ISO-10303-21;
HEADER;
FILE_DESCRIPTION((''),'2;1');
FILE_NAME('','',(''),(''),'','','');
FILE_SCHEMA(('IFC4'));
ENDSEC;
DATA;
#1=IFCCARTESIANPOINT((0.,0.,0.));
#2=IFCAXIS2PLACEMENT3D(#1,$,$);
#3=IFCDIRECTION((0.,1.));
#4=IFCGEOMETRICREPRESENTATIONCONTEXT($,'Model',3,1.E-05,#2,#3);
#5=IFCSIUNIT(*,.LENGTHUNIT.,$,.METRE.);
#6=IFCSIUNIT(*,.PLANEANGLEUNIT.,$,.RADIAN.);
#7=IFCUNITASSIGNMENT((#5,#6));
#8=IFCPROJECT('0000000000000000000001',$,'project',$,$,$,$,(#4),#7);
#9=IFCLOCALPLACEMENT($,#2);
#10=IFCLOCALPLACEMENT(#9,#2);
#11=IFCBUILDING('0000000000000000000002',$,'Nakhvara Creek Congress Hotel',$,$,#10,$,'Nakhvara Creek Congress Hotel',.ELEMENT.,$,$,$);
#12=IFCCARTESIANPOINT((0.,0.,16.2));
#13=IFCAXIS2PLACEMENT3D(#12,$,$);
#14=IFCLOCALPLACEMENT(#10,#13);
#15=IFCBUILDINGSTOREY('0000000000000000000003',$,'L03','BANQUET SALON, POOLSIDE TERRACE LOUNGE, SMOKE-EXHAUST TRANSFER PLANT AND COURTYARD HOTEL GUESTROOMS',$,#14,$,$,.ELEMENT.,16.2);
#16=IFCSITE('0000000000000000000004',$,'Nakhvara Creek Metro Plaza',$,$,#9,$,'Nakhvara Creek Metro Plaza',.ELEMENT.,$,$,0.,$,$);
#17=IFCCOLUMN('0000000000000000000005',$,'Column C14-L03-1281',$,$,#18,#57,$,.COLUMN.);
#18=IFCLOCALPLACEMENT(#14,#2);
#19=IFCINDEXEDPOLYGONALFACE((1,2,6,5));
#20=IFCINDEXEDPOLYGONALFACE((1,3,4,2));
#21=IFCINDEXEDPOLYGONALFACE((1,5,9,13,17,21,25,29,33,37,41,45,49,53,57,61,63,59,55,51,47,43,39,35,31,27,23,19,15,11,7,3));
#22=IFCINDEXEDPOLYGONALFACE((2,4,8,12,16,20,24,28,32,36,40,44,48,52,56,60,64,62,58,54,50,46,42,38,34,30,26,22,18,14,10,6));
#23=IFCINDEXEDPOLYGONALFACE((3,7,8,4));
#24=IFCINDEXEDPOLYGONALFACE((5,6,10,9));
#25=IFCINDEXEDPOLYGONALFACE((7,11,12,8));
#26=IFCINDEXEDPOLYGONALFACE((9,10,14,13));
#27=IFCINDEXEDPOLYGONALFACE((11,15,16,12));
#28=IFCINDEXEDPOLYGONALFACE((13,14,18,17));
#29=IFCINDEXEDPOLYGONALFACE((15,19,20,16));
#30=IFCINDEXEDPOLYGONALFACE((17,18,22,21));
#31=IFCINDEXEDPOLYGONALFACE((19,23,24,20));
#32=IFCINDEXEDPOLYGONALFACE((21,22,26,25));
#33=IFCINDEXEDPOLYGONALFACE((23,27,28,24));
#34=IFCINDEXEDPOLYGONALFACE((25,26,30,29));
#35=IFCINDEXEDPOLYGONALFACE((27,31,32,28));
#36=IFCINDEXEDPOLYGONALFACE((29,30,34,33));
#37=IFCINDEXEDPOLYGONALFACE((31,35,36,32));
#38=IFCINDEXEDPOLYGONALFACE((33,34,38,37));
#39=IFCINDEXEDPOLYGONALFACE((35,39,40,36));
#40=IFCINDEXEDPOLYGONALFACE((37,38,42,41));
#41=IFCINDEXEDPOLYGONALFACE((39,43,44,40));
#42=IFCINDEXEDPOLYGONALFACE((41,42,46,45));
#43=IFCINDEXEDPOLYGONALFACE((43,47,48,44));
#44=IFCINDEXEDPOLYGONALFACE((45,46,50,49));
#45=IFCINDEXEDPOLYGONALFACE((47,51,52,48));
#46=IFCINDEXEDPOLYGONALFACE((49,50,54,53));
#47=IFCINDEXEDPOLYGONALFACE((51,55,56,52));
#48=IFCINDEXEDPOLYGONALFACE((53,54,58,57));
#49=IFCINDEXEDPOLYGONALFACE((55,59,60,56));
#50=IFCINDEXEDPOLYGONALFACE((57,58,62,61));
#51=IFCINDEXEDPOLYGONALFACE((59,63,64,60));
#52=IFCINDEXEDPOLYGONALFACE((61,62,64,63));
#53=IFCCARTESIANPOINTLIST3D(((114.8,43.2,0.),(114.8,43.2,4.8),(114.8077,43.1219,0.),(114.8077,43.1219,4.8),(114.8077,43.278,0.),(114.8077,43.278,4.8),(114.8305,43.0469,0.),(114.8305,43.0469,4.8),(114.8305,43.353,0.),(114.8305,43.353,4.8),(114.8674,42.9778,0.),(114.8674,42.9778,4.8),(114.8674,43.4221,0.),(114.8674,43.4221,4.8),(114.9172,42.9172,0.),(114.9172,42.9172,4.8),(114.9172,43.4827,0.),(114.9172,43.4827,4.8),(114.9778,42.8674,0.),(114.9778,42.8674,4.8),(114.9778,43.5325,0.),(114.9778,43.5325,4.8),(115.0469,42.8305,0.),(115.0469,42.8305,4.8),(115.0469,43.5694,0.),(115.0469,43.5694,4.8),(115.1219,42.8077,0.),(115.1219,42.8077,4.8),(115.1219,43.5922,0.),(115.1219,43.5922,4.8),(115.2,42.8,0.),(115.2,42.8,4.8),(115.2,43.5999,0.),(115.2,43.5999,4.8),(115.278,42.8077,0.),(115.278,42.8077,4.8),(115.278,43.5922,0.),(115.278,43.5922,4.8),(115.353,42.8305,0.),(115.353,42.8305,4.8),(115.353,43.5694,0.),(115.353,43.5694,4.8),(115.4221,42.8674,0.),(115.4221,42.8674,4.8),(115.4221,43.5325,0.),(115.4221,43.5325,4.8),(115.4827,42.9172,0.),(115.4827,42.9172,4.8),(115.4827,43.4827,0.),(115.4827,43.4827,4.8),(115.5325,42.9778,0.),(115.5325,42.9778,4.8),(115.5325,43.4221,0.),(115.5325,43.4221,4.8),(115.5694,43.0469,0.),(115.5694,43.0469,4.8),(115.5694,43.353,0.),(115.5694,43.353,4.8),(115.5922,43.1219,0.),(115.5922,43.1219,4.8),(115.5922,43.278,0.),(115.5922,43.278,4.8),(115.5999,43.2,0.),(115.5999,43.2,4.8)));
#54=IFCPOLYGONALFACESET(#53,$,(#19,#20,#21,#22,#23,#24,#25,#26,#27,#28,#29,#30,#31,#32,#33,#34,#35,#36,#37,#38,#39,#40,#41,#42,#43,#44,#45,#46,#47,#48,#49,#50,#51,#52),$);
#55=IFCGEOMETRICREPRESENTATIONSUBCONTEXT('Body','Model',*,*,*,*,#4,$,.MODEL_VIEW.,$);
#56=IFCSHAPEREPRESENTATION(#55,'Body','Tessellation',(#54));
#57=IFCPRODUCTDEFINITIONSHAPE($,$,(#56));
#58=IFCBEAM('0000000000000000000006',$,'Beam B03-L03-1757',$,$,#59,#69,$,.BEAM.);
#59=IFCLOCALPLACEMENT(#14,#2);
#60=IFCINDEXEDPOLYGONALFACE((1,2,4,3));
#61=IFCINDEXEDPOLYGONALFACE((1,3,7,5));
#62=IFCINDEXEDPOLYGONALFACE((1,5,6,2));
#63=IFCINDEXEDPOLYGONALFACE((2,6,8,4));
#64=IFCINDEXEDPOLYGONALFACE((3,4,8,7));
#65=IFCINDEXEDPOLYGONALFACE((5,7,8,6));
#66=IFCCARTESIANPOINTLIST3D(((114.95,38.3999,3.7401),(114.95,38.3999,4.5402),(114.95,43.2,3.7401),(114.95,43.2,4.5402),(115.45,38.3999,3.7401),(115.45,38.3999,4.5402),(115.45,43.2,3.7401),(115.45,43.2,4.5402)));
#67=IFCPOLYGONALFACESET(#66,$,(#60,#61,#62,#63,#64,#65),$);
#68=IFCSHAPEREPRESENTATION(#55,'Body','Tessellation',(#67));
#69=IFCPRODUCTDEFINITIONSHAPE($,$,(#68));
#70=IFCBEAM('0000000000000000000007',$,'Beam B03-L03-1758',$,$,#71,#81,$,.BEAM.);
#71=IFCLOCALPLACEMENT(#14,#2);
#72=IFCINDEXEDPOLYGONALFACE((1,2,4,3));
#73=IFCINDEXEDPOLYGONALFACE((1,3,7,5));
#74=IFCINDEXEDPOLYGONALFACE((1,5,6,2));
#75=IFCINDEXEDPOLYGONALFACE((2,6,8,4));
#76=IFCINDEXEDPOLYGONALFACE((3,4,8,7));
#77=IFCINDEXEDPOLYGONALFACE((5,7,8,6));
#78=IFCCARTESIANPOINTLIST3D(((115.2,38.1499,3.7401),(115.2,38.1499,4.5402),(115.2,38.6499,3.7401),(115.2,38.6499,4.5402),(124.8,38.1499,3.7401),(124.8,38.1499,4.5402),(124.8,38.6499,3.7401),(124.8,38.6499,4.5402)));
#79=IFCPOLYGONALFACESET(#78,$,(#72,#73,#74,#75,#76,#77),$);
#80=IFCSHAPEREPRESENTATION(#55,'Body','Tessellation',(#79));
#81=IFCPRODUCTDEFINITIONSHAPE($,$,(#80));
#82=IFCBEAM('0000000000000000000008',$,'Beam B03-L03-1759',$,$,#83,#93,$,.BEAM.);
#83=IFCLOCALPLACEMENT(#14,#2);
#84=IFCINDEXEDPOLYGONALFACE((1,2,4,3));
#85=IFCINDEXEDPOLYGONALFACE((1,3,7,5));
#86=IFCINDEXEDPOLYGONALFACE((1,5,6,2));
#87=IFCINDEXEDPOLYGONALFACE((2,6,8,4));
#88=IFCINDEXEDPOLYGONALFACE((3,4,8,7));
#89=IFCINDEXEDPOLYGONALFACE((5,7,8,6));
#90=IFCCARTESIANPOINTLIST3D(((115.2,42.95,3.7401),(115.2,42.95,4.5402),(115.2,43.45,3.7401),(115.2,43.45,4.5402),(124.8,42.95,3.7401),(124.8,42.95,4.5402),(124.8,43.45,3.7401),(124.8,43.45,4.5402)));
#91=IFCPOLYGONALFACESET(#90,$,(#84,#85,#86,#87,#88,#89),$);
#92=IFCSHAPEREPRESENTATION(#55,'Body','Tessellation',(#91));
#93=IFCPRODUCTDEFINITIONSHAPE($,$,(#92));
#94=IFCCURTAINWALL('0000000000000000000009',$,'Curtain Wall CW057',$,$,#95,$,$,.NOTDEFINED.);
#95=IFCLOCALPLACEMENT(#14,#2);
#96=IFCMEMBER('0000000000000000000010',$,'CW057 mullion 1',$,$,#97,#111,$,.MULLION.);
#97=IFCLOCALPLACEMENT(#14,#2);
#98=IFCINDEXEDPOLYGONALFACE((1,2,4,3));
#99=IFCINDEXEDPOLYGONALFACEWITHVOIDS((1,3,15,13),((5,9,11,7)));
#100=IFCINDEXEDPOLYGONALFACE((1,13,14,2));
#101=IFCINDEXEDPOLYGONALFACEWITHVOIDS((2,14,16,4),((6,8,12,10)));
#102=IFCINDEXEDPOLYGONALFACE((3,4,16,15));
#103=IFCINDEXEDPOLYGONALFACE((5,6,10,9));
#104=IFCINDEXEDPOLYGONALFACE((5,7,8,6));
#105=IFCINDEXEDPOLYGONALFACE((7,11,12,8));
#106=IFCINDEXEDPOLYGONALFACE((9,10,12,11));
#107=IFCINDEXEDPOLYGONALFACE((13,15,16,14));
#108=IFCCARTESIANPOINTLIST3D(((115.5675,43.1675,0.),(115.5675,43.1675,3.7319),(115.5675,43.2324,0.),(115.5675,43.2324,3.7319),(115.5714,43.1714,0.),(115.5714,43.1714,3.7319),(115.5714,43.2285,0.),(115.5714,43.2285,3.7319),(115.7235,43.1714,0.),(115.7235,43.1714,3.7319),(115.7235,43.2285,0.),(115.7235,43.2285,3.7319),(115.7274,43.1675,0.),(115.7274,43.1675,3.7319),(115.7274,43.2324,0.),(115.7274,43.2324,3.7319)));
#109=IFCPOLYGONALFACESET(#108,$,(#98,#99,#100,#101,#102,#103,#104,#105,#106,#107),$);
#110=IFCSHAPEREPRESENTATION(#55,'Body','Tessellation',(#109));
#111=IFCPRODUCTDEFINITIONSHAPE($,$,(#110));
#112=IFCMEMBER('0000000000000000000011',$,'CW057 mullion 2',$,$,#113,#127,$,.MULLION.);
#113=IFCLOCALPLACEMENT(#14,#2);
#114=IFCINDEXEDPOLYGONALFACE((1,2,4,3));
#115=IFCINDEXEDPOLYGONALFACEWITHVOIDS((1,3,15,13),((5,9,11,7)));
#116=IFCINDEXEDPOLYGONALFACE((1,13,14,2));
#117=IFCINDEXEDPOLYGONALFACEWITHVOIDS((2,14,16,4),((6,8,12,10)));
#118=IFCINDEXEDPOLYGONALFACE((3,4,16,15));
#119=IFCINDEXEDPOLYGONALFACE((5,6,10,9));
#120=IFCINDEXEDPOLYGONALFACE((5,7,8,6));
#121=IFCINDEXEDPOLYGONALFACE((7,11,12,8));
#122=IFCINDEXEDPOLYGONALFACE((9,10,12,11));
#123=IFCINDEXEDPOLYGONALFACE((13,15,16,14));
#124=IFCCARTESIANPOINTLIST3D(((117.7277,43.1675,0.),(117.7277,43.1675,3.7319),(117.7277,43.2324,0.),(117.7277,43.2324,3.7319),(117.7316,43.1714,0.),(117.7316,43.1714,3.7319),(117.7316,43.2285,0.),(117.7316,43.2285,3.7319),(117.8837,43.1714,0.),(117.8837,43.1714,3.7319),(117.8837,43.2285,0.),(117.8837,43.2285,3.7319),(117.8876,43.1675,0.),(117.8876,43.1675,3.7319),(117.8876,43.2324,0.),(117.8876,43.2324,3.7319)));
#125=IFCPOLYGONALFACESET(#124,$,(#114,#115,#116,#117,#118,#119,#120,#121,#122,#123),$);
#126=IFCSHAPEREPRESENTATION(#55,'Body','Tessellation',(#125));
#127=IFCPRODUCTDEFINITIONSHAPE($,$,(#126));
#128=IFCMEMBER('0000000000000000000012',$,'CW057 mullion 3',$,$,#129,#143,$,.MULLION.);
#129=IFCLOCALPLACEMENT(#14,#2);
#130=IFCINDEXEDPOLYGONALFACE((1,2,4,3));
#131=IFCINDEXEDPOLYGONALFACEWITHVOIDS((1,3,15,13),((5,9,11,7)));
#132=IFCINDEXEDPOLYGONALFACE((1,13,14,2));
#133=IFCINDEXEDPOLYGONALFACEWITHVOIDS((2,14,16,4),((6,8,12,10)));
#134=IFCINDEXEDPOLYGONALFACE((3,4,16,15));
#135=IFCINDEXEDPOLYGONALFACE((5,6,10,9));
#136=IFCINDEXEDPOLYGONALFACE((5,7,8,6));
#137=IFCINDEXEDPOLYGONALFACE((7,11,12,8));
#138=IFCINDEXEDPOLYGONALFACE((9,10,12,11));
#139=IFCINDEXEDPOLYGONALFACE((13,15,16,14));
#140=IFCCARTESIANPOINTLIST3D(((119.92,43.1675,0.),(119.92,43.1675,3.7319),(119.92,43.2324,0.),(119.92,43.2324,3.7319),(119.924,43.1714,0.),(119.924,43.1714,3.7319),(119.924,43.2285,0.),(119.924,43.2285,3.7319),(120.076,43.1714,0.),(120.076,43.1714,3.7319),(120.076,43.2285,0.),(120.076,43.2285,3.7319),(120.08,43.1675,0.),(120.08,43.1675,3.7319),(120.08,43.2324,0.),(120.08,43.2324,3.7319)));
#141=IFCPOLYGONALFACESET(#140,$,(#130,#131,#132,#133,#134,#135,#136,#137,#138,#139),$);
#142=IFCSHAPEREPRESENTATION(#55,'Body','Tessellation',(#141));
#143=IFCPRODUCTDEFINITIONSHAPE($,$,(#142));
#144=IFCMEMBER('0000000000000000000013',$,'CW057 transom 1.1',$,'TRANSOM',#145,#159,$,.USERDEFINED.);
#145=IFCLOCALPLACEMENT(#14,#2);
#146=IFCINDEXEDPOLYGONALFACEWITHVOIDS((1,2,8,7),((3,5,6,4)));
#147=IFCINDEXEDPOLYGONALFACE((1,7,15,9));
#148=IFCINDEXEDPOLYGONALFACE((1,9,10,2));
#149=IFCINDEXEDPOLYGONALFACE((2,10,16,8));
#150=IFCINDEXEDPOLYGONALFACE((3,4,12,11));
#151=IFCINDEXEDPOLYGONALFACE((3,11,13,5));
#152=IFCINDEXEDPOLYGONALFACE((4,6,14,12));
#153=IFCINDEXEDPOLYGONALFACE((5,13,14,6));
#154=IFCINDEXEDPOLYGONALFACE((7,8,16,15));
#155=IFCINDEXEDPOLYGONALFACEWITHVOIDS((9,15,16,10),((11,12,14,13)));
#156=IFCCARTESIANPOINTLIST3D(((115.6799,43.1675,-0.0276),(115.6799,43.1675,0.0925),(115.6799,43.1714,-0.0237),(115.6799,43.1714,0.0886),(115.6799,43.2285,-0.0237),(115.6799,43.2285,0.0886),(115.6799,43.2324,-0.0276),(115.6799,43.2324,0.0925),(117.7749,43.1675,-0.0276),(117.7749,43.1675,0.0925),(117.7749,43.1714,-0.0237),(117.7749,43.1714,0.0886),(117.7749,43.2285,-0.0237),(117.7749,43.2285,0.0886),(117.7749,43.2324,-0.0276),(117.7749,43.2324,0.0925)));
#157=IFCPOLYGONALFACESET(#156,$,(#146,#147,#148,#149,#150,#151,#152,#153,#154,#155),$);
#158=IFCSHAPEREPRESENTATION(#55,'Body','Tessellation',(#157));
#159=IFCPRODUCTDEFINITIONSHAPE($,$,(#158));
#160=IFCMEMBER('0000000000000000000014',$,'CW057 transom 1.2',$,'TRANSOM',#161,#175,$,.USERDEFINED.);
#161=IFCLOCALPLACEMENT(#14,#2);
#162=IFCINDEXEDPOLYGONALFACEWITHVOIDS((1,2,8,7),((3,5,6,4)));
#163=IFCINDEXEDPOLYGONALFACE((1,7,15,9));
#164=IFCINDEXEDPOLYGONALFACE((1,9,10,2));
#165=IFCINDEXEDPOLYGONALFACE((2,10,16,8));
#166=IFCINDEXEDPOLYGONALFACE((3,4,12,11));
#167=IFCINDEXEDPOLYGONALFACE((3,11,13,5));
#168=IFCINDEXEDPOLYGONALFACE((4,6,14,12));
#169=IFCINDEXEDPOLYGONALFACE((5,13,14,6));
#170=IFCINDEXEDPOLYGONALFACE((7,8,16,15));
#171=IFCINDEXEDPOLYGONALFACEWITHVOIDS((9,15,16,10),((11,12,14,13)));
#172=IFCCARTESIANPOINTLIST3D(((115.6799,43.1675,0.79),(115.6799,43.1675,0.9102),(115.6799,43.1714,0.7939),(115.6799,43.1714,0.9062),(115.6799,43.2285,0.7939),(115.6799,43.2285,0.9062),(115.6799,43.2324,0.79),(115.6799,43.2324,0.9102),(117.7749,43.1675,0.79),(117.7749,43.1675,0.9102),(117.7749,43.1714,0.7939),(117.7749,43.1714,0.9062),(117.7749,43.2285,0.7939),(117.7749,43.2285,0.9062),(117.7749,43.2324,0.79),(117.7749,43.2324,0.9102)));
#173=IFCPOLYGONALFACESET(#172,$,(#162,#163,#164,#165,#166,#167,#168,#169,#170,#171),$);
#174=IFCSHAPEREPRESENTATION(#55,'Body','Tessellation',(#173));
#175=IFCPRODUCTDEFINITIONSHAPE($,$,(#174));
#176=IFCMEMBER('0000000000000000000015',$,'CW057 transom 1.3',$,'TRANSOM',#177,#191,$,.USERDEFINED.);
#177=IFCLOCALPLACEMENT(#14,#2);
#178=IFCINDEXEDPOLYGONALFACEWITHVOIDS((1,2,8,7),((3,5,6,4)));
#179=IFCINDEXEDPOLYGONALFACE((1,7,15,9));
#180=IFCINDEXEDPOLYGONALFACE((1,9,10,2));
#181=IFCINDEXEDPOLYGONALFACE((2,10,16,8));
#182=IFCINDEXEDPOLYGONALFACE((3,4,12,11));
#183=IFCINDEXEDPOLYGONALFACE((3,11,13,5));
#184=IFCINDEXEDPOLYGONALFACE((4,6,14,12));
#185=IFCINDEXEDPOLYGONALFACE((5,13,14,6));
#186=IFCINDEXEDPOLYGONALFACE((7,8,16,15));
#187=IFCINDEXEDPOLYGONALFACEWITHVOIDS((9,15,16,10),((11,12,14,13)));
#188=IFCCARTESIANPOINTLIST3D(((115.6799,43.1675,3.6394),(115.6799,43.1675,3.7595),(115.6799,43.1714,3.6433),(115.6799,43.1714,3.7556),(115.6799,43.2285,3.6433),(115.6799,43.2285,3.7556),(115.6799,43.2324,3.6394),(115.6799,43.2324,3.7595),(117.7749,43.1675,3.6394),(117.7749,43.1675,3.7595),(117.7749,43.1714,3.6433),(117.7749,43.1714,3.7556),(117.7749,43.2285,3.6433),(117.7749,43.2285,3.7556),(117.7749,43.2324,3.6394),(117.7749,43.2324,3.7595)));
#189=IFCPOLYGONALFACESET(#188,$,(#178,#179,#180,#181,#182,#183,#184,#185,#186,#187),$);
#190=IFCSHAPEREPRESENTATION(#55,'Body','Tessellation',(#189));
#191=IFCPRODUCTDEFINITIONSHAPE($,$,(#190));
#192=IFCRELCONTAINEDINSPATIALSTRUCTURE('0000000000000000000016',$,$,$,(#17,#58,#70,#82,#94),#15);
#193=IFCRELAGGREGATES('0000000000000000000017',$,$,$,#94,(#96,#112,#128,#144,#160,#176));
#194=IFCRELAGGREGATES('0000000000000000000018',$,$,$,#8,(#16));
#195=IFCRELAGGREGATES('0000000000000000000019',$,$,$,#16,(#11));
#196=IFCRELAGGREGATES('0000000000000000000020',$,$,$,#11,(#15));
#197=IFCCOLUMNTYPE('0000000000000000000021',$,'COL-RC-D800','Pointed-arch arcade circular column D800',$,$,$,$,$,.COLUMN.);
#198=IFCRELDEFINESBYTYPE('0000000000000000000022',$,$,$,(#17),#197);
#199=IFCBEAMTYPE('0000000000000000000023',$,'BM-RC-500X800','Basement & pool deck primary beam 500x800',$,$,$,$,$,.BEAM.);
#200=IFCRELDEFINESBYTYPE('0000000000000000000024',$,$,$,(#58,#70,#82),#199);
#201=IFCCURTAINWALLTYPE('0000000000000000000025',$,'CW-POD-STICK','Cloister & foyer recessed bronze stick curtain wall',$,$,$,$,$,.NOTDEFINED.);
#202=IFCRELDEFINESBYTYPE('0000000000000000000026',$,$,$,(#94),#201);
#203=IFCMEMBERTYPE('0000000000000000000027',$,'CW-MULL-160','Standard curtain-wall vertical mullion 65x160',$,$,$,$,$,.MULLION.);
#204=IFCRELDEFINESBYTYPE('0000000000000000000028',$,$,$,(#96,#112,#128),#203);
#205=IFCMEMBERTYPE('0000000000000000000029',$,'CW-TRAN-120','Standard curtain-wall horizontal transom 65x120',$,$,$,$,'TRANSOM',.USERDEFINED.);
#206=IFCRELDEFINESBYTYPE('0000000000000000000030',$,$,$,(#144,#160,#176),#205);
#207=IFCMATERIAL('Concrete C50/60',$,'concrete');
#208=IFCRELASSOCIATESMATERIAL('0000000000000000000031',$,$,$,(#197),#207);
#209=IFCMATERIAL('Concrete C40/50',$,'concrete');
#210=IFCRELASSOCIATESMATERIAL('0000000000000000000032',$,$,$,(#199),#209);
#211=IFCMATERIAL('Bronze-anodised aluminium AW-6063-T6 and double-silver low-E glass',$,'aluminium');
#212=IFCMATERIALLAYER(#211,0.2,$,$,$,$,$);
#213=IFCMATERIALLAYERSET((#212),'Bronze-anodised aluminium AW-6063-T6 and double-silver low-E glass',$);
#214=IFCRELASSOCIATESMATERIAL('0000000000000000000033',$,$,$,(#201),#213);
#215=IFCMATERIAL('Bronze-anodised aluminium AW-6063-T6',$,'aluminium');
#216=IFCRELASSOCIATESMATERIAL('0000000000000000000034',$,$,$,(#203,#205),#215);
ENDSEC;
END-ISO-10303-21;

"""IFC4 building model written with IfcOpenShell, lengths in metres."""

from ifc_helpers import new_model, si_unit, direction, frame, origin, origin_2d, place, context, subcontext, project, spatial, rectangle, hollow_rectangle, circle, extrude, material, layer, layer_set, material_profile, profile_set, type_object, element, aggregate, save


model = new_model("IFC4")

# Units and contexts
model_context = context("Model", 3, precision=1e-05, world=origin(), true_north=direction((0.0, 1.0)))
body_context = subcontext(model_context, "Body", "Model", "MODEL_VIEW")
ifc_project = project(units=[si_unit("LENGTHUNIT", "METRE"), si_unit("PLANEANGLEUNIT", "RADIAN")], contexts=[model_context])

# Site, building, storey
site_placement = place(None, origin())
site = spatial("IfcSite", under=ifc_project, at=site_placement, Name="Nakhvara Creek Metro Plaza", LongName="Nakhvara Creek Metro Plaza", CompositionType="ELEMENT", RefElevation=0.0)
building_placement = place(site_placement, origin())
building = spatial("IfcBuilding", under=site, at=building_placement, Name="Nakhvara Creek Congress Hotel", LongName="Nakhvara Creek Congress Hotel", CompositionType="ELEMENT")
storey_placement = place(building_placement, frame((0.0, 0.0, 16.2)))
storey = spatial("IfcBuildingStorey", under=building, at=storey_placement, Name="L03", Description="BANQUET SALON, POOLSIDE TERRACE LOUNGE, SMOKE-EXHAUST TRANSFER PLANT AND COURTYARD HOTEL GUESTROOMS", CompositionType="ELEMENT", Elevation=16.2)

# Column
ifc_material_1 = material(Name="Concrete C50/60", Category="concrete")
ifc_material_profile_1 = material_profile(ifc_material_1, circle(Radius=0.3999, at=origin_2d()), Name="RC-COL D800", Category="LoadBearing")
ifc_profile_set_1 = profile_set([ifc_material_profile_1], Name="Concrete C50/60")
column_type = type_object("IfcColumnType", Name="COL-RC-D800", Description="Pointed-arch arcade circular column D800", PredefinedType="COLUMN", material=ifc_profile_set_1)
column_placement = place(storey_placement, frame((115.2, 43.2, 0.0), z_axis=(0.0, 0.0, 1.0), x_axis=(1.0, 0.0, 0.0)))
element("IfcColumn", 1, at=column_placement, inside=storey, type_object=column_type, Name="Column C14-L03-1281", PredefinedType="COLUMN", context=body_context, shape_type="SweptSolid", body=[
    extrude(circle(Radius=0.3999, at=origin_2d()), origin(), (0.0, 0.0, 1.0), 4.8),
])

# Beams
ifc_material_2 = material(Name="Concrete C40/50", Category="concrete")
ifc_material_profile_2 = material_profile(ifc_material_2, rectangle(XDim=0.5, YDim=0.8, at=origin_2d()), Name="RC-BM 500x800", Category="LoadBearing")
ifc_profile_set_2 = profile_set([ifc_material_profile_2], Name="Concrete C40/50")
beam_type = type_object("IfcBeamType", Name="BM-RC-500X800", Description="Basement & pool deck primary beam 500x800", PredefinedType="BEAM", material=ifc_profile_set_2)
beam_placement = place(storey_placement, frame((115.2, 38.3999, 4.1401), z_axis=(0.0, 1.0, 0.0), x_axis=(-1.0, 0.0, 0.0)))
element("IfcBeam", 2, at=beam_placement, inside=storey, type_object=beam_type, Name="Beam B03-L03-1757", PredefinedType="BEAM", context=body_context, shape_type="SweptSolid", body=[
    extrude(rectangle(XDim=0.5, YDim=0.8, at=origin_2d()), origin(), (0.0, 0.0, 1.0), 4.8),
])
for number, where, z_axis, x_axis, name in (
    (3, (115.2, 38.3999, 4.1401), (1.0, 0.0, 0.0), (0.0, 1.0, 0.0), "Beam B03-L03-1758"),
    (4, (115.2, 43.2, 4.1401), (1.0, 0.0, 0.0), (0.0, 1.0, 0.0), "Beam B03-L03-1759"),
):
    element("IfcBeam", number, at=place(storey_placement, frame(where, z_axis=z_axis, x_axis=x_axis)), inside=storey, type_object=beam_type, Name=name, PredefinedType="BEAM", context=body_context, shape_type="SweptSolid", body=[
        extrude(rectangle(XDim=0.5, YDim=0.8, at=origin_2d()), origin(), (0.0, 0.0, 1.0), 9.6001),
    ])

# Curtain wall, members
ifc_material_3 = material(Name="Bronze-anodised aluminium AW-6063-T6 and double-silver low-E glass", Category="aluminium")
ifc_layer = layer(ifc_material_3, 0.2)
ifc_layer_set = layer_set([ifc_layer], Name="Bronze-anodised aluminium AW-6063-T6 and double-silver low-E glass")
curtain_wall_type = type_object("IfcCurtainWallType", Name="CW-POD-STICK", Description="Cloister & foyer recessed bronze stick curtain wall", PredefinedType="NOTDEFINED", material=ifc_layer_set)
curtain_wall_placement = place(storey_placement, origin())
curtain_wall = element("IfcCurtainWall", 5, at=curtain_wall_placement, inside=storey, type_object=curtain_wall_type, Name="Curtain Wall CW057", PredefinedType="NOTDEFINED")
ifc_material_4 = material(Name="Bronze-anodised aluminium AW-6063-T6", Category="aluminium")
ifc_material_profile_3 = material_profile(ifc_material_4, hollow_rectangle(XDim=0.0649, YDim=0.1599, WallThickness=0.0039, at=origin_2d()), Name="ALU-MULL 65x160x4", Category="LoadBearing")
ifc_profile_set_3 = profile_set([ifc_material_profile_3], Name="Bronze-anodised aluminium AW-6063-T6")
member_type_1 = type_object("IfcMemberType", Name="CW-MULL-160", Description="Standard curtain-wall vertical mullion 65x160", PredefinedType="MULLION", material=ifc_profile_set_3)
member_1_placement = place(storey_placement, frame((115.6475, 43.2, 0.0), z_axis=(0.0, 0.0, 1.0), x_axis=(0.0, 1.0, 0.0)))
member_1 = element("IfcMember", 6, at=member_1_placement, type_object=member_type_1, Name="CW057 mullion 1", PredefinedType="MULLION", context=body_context, shape_type="SweptSolid", body=[
    extrude(hollow_rectangle(XDim=0.0649, YDim=0.1599, WallThickness=0.0039, at=origin_2d()), origin(), (0.0, 0.0, 1.0), 3.7319),
])
member_2_placement = place(storey_placement, frame((117.8076, 43.2, 0.0), z_axis=(0.0, 0.0, 1.0), x_axis=(0.0, 1.0, 0.0)))
member_2 = element("IfcMember", 7, at=member_2_placement, type_object=member_type_1, Name="CW057 mullion 2", PredefinedType="MULLION", context=body_context, shape_type="SweptSolid", body=[
    extrude(hollow_rectangle(XDim=0.0649, YDim=0.1599, WallThickness=0.0039, at=origin_2d()), origin(), (0.0, 0.0, 1.0), 3.7319),
])
member_3_placement = place(storey_placement, frame((120.0, 43.2, 0.0), z_axis=(0.0, 0.0, 1.0), x_axis=(0.0, 1.0, 0.0)))
member_3 = element("IfcMember", 8, at=member_3_placement, type_object=member_type_1, Name="CW057 mullion 3", PredefinedType="MULLION", context=body_context, shape_type="SweptSolid", body=[
    extrude(hollow_rectangle(XDim=0.0649, YDim=0.1599, WallThickness=0.0039, at=origin_2d()), origin(), (0.0, 0.0, 1.0), 3.7319),
])
ifc_material_profile_4 = material_profile(ifc_material_4, hollow_rectangle(XDim=0.0649, YDim=0.1201, WallThickness=0.0039, at=origin_2d()), Name="ALU-TRAN 65x120x4", Category="LoadBearing")
ifc_profile_set_4 = profile_set([ifc_material_profile_4], Name="Bronze-anodised aluminium AW-6063-T6")
member_type_2 = type_object("IfcMemberType", Name="CW-TRAN-120", Description="Standard curtain-wall horizontal transom 65x120", ElementType="TRANSOM", PredefinedType="USERDEFINED", material=ifc_profile_set_4)
member_4_placement = place(storey_placement, frame((115.6799, 43.2, 0.0325), z_axis=(1.0, 0.0, 0.0), x_axis=(0.0, 1.0, 0.0)))
member_4 = element("IfcMember", 9, at=member_4_placement, type_object=member_type_2, Name="CW057 transom 1.1", ObjectType="TRANSOM", PredefinedType="USERDEFINED", context=body_context, shape_type="SweptSolid", body=[
    extrude(hollow_rectangle(XDim=0.0649, YDim=0.1201, WallThickness=0.0039, at=origin_2d()), origin(), (0.0, 0.0, 1.0), 2.095),
])
member_5_placement = place(storey_placement, frame((115.6799, 43.2, 0.8501), z_axis=(1.0, 0.0, 0.0), x_axis=(0.0, 1.0, 0.0)))
member_5 = element("IfcMember", 10, at=member_5_placement, type_object=member_type_2, Name="CW057 transom 1.2", ObjectType="TRANSOM", PredefinedType="USERDEFINED", context=body_context, shape_type="SweptSolid", body=[
    extrude(hollow_rectangle(XDim=0.0649, YDim=0.1201, WallThickness=0.0039, at=origin_2d()), origin(), (0.0, 0.0, 1.0), 2.095),
])
member_6_placement = place(storey_placement, frame((115.6799, 43.2, 3.6995), z_axis=(1.0, 0.0, 0.0), x_axis=(0.0, 1.0, 0.0)))
member_6 = element("IfcMember", 11, at=member_6_placement, type_object=member_type_2, Name="CW057 transom 1.3", ObjectType="TRANSOM", PredefinedType="USERDEFINED", context=body_context, shape_type="SweptSolid", body=[
    extrude(hollow_rectangle(XDim=0.0649, YDim=0.1201, WallThickness=0.0039, at=origin_2d()), origin(), (0.0, 0.0, 1.0), 2.095),
])
aggregate(curtain_wall, [member_1, member_2, member_3, member_4, member_5, member_6])

save(model, "model.ifc")
